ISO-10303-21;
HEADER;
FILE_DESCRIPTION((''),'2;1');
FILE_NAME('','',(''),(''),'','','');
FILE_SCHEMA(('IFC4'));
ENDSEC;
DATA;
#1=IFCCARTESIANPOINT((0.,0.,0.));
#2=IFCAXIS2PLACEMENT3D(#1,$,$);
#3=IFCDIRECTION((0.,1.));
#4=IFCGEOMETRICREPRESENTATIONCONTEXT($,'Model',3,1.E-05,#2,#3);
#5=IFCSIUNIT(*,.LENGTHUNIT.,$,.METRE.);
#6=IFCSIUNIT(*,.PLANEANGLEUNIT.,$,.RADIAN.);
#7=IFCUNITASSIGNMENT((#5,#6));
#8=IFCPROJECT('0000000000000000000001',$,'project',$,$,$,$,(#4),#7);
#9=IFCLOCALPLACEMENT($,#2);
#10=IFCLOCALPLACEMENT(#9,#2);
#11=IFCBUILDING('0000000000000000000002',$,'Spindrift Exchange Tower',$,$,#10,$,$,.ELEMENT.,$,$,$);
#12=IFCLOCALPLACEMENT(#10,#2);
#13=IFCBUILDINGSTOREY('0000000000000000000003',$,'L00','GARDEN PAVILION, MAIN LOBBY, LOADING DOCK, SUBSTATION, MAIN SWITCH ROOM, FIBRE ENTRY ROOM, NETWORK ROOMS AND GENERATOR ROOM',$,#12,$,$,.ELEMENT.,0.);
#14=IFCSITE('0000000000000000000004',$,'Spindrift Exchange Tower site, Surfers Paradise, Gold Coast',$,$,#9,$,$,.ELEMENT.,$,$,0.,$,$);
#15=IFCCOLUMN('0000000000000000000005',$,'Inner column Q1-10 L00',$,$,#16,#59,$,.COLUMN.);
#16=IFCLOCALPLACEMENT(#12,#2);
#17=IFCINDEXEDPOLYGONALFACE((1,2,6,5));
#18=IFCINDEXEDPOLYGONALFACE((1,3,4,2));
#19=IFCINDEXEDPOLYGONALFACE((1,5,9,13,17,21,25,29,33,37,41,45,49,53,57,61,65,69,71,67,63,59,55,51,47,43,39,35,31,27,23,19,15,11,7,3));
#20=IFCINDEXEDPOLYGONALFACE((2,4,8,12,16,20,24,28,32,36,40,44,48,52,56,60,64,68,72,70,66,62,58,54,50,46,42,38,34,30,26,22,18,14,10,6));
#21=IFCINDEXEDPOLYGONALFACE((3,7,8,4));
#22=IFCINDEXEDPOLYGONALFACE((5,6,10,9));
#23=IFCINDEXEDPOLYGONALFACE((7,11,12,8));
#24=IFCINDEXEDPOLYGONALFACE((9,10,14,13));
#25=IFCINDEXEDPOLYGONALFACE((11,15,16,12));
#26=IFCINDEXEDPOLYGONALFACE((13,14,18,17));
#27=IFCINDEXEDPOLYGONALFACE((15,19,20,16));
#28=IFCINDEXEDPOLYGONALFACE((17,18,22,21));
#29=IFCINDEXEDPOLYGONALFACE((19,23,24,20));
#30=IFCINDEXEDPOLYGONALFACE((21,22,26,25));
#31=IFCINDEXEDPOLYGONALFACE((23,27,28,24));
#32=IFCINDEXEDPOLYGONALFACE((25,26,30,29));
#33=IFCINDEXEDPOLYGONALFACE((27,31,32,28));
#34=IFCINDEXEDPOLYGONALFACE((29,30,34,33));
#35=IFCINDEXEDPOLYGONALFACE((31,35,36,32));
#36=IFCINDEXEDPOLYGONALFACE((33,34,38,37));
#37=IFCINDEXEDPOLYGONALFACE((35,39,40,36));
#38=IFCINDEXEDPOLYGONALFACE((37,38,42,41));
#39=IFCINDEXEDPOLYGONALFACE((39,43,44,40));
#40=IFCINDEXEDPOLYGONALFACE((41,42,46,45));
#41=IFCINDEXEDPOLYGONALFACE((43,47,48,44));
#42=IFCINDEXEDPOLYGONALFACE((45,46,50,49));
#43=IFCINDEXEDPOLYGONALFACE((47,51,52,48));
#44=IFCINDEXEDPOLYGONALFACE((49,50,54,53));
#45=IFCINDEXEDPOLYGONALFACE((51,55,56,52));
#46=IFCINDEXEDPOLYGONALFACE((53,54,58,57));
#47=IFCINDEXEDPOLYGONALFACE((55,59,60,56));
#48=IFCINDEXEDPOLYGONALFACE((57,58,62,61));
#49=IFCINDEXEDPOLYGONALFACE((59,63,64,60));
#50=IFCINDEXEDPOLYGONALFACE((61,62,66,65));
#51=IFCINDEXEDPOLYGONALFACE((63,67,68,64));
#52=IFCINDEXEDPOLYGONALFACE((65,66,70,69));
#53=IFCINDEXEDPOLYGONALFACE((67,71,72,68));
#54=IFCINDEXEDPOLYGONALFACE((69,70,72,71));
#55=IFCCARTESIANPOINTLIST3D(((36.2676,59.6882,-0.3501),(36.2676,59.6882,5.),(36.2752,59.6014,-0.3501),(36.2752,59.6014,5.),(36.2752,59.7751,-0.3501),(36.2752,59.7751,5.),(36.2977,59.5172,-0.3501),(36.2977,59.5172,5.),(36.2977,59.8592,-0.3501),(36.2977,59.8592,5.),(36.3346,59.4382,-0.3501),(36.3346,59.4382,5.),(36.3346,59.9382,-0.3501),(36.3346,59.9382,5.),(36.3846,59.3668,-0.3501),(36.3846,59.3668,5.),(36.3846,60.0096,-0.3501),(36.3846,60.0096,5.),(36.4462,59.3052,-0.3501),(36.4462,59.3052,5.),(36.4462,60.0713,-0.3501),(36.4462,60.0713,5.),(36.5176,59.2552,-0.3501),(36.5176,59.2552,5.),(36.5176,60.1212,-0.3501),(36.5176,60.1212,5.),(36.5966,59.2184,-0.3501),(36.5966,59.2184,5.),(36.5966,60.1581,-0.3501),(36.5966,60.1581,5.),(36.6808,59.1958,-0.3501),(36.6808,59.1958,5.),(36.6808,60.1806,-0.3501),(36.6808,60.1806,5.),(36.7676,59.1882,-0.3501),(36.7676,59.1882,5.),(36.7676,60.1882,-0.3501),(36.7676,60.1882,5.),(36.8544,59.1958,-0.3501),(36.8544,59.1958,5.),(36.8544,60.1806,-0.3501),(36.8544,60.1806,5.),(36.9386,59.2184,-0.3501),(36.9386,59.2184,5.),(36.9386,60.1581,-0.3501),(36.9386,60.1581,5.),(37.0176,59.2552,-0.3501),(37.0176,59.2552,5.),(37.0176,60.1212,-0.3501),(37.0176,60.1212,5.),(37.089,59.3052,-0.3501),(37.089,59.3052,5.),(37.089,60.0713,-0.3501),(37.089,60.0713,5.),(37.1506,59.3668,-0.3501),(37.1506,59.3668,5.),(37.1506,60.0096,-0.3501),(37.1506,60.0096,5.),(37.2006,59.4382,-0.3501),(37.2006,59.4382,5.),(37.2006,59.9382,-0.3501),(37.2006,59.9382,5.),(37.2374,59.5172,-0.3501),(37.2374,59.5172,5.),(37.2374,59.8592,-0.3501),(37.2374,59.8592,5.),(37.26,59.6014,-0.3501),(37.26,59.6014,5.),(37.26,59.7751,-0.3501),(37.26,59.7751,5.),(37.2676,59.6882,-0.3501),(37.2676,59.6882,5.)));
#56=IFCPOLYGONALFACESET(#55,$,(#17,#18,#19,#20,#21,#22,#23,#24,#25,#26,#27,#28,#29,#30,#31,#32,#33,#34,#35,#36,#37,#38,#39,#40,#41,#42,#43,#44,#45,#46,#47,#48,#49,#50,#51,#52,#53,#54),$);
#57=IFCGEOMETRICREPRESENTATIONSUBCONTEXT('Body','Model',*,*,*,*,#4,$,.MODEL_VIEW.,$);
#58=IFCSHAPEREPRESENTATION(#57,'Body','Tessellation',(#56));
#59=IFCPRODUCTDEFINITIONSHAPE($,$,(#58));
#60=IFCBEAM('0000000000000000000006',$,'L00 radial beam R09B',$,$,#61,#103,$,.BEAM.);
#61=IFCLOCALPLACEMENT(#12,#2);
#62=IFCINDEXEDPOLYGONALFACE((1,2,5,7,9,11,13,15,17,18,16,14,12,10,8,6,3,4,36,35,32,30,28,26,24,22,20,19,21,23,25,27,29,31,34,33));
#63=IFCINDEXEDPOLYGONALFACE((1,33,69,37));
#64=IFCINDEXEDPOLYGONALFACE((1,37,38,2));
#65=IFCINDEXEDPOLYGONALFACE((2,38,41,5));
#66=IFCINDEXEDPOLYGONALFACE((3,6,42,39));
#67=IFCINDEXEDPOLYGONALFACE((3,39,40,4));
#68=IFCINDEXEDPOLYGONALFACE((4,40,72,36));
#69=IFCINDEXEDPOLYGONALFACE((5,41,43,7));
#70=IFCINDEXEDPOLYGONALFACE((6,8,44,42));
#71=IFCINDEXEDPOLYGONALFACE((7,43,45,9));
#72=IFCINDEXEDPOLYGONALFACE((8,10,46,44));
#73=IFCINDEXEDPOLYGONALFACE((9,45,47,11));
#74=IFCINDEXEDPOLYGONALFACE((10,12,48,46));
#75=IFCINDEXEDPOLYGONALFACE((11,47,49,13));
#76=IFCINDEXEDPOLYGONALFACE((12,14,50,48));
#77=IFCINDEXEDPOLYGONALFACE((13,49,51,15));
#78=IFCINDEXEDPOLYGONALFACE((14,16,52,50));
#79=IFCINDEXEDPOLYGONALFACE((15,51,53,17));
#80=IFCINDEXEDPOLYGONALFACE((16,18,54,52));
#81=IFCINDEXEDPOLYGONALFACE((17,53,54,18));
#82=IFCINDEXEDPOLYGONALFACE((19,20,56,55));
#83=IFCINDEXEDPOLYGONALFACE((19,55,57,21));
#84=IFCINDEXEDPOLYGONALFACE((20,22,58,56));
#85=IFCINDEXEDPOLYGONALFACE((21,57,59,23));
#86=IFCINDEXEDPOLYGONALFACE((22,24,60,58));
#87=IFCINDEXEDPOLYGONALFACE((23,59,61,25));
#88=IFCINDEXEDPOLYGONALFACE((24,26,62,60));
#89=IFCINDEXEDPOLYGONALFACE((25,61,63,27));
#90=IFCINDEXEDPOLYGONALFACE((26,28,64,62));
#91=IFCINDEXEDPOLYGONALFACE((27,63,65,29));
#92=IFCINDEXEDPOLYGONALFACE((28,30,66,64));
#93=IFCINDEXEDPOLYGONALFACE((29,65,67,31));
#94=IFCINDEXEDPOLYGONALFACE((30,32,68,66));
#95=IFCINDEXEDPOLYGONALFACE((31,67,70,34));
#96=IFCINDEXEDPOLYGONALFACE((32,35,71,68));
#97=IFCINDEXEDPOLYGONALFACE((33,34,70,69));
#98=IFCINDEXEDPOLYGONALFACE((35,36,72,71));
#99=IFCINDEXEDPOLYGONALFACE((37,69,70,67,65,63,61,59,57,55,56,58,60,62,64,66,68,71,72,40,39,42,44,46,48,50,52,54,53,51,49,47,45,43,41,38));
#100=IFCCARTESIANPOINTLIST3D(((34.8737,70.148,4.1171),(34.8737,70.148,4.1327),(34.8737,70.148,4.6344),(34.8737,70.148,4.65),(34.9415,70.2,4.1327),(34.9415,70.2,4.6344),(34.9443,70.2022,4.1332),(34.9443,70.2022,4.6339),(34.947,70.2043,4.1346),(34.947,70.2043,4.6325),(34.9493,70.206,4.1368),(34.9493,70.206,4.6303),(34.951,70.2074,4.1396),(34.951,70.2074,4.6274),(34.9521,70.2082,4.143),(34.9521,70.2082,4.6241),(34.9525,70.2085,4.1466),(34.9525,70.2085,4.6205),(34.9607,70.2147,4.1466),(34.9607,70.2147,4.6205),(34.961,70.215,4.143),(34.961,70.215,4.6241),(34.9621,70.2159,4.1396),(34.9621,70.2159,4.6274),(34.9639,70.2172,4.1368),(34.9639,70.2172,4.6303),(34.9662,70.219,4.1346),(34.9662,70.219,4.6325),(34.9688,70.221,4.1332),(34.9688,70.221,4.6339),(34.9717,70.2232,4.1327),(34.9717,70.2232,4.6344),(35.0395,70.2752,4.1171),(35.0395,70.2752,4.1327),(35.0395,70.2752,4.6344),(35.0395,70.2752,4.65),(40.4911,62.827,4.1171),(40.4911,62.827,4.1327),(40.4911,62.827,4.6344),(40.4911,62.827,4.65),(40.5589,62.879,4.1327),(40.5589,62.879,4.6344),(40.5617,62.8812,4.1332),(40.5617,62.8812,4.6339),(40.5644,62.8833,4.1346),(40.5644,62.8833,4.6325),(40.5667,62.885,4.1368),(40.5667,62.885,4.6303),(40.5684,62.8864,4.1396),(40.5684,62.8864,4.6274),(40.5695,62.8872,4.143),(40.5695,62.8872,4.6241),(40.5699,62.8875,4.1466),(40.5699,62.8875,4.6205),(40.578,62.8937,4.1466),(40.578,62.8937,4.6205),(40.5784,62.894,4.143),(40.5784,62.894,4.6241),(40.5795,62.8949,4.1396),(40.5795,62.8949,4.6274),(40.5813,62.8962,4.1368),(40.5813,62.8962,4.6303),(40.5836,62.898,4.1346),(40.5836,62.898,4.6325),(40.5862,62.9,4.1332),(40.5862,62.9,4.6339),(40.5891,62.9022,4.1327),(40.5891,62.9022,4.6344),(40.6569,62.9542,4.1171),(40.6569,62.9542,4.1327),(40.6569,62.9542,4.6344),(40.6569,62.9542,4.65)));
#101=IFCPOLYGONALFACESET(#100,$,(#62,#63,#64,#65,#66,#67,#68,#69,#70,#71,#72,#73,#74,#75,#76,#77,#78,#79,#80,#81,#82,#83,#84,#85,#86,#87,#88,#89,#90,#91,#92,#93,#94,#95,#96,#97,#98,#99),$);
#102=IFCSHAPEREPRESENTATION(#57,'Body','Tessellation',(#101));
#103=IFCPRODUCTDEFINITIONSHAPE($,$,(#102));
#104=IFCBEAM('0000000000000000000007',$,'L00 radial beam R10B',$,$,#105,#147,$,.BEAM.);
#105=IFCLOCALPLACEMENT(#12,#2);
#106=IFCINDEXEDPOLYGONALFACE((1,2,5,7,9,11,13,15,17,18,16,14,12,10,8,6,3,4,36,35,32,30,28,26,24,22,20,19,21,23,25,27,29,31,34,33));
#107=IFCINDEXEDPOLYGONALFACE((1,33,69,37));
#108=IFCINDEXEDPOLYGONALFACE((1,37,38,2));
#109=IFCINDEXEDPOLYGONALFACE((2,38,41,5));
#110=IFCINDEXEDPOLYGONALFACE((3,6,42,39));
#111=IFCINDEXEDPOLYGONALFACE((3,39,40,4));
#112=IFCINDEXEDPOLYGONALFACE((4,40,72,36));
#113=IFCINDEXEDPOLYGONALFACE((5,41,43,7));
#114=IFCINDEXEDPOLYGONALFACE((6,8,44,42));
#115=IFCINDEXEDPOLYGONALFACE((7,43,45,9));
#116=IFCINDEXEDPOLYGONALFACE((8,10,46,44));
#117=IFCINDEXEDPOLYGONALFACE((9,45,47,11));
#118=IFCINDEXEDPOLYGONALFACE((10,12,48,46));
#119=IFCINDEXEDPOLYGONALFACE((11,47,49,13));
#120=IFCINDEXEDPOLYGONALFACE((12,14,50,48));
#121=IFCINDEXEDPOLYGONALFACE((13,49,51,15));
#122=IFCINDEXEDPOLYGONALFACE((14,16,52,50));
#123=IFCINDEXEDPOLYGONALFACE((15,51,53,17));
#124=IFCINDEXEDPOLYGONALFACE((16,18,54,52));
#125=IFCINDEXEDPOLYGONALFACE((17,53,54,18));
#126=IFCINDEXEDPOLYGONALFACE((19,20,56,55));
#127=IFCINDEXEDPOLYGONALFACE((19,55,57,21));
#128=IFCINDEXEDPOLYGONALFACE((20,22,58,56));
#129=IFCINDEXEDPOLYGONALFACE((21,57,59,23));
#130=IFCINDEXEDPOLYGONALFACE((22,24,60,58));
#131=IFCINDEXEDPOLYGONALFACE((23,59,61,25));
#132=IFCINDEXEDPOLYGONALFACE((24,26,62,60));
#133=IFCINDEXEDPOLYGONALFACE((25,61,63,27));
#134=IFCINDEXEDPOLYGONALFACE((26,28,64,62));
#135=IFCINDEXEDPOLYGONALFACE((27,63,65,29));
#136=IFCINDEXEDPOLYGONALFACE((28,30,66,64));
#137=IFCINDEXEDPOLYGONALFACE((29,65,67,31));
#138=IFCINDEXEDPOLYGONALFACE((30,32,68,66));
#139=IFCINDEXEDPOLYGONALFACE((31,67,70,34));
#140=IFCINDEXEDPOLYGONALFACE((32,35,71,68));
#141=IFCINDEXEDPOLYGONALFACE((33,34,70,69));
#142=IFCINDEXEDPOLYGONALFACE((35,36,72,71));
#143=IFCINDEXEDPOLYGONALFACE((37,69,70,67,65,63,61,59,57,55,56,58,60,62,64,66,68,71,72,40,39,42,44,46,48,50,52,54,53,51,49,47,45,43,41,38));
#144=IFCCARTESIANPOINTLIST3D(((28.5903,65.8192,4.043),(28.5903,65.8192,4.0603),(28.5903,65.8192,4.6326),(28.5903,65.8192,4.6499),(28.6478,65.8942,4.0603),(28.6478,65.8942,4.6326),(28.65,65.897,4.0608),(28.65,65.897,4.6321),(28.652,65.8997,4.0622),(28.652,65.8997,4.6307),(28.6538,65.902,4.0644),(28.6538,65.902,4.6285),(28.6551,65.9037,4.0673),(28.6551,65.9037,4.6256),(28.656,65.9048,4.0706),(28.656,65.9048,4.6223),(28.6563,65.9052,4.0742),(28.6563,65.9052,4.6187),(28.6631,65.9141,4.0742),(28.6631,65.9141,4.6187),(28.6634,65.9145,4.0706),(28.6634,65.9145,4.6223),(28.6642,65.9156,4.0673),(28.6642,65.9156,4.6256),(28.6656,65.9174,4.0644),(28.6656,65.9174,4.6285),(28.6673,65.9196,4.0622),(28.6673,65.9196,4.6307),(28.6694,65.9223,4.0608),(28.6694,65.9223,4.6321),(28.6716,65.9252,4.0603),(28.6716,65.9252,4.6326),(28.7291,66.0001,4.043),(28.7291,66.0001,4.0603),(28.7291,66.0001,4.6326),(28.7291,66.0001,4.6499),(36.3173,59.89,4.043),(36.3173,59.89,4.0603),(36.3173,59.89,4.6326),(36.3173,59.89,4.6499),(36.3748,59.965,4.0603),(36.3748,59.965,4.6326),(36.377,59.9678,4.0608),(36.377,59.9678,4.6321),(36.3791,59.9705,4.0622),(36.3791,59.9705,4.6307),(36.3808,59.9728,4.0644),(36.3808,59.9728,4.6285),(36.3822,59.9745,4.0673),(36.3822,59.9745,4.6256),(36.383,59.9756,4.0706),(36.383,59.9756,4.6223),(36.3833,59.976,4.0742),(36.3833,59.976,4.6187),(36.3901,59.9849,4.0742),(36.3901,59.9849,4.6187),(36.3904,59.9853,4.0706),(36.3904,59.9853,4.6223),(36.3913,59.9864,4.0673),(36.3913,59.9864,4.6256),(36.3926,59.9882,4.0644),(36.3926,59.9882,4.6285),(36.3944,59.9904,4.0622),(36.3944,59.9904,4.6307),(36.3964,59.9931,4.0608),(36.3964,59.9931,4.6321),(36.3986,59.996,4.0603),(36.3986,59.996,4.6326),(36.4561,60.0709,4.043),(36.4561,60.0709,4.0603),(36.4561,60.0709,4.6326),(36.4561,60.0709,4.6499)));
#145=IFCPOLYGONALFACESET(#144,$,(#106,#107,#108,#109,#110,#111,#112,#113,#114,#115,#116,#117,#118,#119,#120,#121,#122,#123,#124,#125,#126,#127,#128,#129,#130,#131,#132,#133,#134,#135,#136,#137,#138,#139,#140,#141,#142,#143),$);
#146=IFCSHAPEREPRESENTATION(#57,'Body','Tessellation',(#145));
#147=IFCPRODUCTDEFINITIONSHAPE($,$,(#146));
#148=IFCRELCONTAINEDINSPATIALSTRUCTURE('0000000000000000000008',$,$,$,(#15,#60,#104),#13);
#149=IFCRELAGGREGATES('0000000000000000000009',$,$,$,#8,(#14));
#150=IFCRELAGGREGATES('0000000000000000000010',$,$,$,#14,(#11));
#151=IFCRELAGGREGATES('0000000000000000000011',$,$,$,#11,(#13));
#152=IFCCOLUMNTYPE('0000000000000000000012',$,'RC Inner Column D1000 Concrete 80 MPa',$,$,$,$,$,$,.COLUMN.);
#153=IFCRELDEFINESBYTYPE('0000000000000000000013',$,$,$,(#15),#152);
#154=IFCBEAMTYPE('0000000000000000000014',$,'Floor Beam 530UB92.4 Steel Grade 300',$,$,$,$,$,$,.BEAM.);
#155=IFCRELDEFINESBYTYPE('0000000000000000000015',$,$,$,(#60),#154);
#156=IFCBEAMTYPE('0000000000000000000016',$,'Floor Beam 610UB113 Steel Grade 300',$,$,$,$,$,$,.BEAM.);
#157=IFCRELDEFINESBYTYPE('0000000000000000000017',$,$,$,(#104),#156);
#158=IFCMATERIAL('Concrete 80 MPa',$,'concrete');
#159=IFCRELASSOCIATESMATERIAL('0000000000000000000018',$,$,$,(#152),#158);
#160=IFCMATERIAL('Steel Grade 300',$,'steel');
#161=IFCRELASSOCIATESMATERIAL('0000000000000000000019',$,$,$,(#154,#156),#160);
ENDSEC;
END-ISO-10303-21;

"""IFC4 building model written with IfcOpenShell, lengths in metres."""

from ifc_helpers import new_model, si_unit, direction, frame, origin, origin_2d, place, context, subcontext, project, spatial, circle, i_section, extrude, source, transform, mapped, material, material_profile, profile_set, type_object, element, save


model = new_model("IFC4")

# Units and contexts
model_context = context("Model", 3, precision=1e-05, world=origin(), true_north=direction((0.0, 1.0)))
body_context = subcontext(model_context, "Body", "Model", "MODEL_VIEW")
ifc_project = project(units=[si_unit("LENGTHUNIT", "METRE"), si_unit("PLANEANGLEUNIT", "RADIAN")], contexts=[model_context])

# Site, building, storey
site_placement = place(None, origin())
site = spatial("IfcSite", under=ifc_project, at=site_placement, Name="Spindrift Exchange Tower site, Surfers Paradise, Gold Coast", CompositionType="ELEMENT", RefElevation=0.0)
building_placement = place(site_placement, origin())
building = spatial("IfcBuilding", under=site, at=building_placement, Name="Spindrift Exchange Tower", CompositionType="ELEMENT")
storey_placement = place(building_placement, origin())
storey = spatial("IfcBuildingStorey", under=building, at=storey_placement, Name="L00", Description="GARDEN PAVILION, MAIN LOBBY, LOADING DOCK, SUBSTATION, MAIN SWITCH ROOM, FIBRE ENTRY ROOM, NETWORK ROOMS AND GENERATOR ROOM", CompositionType="ELEMENT", Elevation=0.0)

# Column
ifc_material_1 = material(Name="Concrete 80 MPa", Category="concrete")
ifc_material_profile_1 = material_profile(ifc_material_1, circle(Radius=0.5, at=origin_2d()), Name="RC D1000")
ifc_profile_set_1 = profile_set([ifc_material_profile_1], Name="Concrete 80 MPa")
column_type_1 = type_object("IfcColumnType", Name="RC Inner Column D1000 Concrete 80 MPa", PredefinedType="COLUMN", material=ifc_profile_set_1)
shared_shape_1 = source(origin(), body_context, "Body", "SweptSolid", [
    extrude(circle(Radius=0.5, at=origin_2d()), origin(), (0.0, 0.0, 1.0), 5.3501),
])
for number, where, z_axis, x_axis, name in (
    (1, (36.7676, 59.6882, -0.3501), (0.0, 0.0, 1.0), (1.0, 0.0, 0.0), "Inner column Q1-10 L00"),
):
    element("IfcColumn", number, at=place(storey_placement, frame(where, z_axis=z_axis, x_axis=x_axis)), inside=storey, type_object=column_type_1, Name=name, PredefinedType="COLUMN", context=body_context, shape_type="MappedRepresentation", body=[
        mapped(shared_shape_1, transform((0.0, 0.0, 0.0), scale=1.0)),
    ])

# Beams
ifc_material_2 = material(Name="Steel Grade 300", Category="steel")
ifc_material_profile_2 = material_profile(ifc_material_2, i_section(OverallWidth=0.209, OverallDepth=0.533, WebThickness=0.0103, FlangeThickness=0.0156, FilletRadius=0.0139, at=origin_2d()), Name="530UB92.4")
ifc_profile_set_2 = profile_set([ifc_material_profile_2], Name="Steel Grade 300")
beam_type_1 = type_object("IfcBeamType", Name="Floor Beam 530UB92.4 Steel Grade 300", PredefinedType="BEAM", material=ifc_profile_set_2)
shared_shape_2 = source(origin(), body_context, "Body", "SweptSolid", [
    extrude(i_section(OverallWidth=0.209, OverallDepth=0.533, WebThickness=0.0103, FlangeThickness=0.0156, FilletRadius=0.0139, at=origin_2d()), origin(), (0.0, 0.0, 1.0), 9.2278),
])
beam_1_placement = place(storey_placement, frame((40.574, 62.8906, 4.3835), z_axis=(-0.608748, 0.793364, 0.0), x_axis=(-0.793364, -0.608748, 0.0)))
element("IfcBeam", 2, at=beam_1_placement, inside=storey, type_object=beam_type_1, Name="L00 radial beam R09B", PredefinedType="BEAM", context=body_context, shape_type="MappedRepresentation", body=[
    mapped(shared_shape_2, transform((0.0, 0.0, 0.0), scale=1.0)),
])
ifc_material_profile_3 = material_profile(ifc_material_2, i_section(OverallWidth=0.228, OverallDepth=0.6069, WebThickness=0.0112, FlangeThickness=0.0173, FilletRadius=0.0139, at=origin_2d()), Name="610UB113")
ifc_profile_set_3 = profile_set([ifc_material_profile_3], Name="Steel Grade 300")
beam_type_2 = type_object("IfcBeamType", Name="Floor Beam 610UB113 Steel Grade 300", PredefinedType="BEAM", material=ifc_profile_set_3)
shared_shape_3 = source(origin(), body_context, "Body", "SweptSolid", [
    extrude(i_section(OverallWidth=0.228, OverallDepth=0.6069, WebThickness=0.0112, FlangeThickness=0.0173, FilletRadius=0.0139, at=origin_2d()), origin(), (0.0, 0.0, 1.0), 9.7397),
])
beam_2_placement = place(storey_placement, frame((36.3867, 59.9805, 4.3464), z_axis=(-0.793352, 0.608763, 0.0), x_axis=(-0.608763, -0.793352, 0.0)))
element("IfcBeam", 3, at=beam_2_placement, inside=storey, type_object=beam_type_2, Name="L00 radial beam R10B", PredefinedType="BEAM", context=body_context, shape_type="MappedRepresentation", body=[
    mapped(shared_shape_3, transform((0.0, 0.0, 0.0), scale=1.0)),
])

save(model, "model.ifc")
